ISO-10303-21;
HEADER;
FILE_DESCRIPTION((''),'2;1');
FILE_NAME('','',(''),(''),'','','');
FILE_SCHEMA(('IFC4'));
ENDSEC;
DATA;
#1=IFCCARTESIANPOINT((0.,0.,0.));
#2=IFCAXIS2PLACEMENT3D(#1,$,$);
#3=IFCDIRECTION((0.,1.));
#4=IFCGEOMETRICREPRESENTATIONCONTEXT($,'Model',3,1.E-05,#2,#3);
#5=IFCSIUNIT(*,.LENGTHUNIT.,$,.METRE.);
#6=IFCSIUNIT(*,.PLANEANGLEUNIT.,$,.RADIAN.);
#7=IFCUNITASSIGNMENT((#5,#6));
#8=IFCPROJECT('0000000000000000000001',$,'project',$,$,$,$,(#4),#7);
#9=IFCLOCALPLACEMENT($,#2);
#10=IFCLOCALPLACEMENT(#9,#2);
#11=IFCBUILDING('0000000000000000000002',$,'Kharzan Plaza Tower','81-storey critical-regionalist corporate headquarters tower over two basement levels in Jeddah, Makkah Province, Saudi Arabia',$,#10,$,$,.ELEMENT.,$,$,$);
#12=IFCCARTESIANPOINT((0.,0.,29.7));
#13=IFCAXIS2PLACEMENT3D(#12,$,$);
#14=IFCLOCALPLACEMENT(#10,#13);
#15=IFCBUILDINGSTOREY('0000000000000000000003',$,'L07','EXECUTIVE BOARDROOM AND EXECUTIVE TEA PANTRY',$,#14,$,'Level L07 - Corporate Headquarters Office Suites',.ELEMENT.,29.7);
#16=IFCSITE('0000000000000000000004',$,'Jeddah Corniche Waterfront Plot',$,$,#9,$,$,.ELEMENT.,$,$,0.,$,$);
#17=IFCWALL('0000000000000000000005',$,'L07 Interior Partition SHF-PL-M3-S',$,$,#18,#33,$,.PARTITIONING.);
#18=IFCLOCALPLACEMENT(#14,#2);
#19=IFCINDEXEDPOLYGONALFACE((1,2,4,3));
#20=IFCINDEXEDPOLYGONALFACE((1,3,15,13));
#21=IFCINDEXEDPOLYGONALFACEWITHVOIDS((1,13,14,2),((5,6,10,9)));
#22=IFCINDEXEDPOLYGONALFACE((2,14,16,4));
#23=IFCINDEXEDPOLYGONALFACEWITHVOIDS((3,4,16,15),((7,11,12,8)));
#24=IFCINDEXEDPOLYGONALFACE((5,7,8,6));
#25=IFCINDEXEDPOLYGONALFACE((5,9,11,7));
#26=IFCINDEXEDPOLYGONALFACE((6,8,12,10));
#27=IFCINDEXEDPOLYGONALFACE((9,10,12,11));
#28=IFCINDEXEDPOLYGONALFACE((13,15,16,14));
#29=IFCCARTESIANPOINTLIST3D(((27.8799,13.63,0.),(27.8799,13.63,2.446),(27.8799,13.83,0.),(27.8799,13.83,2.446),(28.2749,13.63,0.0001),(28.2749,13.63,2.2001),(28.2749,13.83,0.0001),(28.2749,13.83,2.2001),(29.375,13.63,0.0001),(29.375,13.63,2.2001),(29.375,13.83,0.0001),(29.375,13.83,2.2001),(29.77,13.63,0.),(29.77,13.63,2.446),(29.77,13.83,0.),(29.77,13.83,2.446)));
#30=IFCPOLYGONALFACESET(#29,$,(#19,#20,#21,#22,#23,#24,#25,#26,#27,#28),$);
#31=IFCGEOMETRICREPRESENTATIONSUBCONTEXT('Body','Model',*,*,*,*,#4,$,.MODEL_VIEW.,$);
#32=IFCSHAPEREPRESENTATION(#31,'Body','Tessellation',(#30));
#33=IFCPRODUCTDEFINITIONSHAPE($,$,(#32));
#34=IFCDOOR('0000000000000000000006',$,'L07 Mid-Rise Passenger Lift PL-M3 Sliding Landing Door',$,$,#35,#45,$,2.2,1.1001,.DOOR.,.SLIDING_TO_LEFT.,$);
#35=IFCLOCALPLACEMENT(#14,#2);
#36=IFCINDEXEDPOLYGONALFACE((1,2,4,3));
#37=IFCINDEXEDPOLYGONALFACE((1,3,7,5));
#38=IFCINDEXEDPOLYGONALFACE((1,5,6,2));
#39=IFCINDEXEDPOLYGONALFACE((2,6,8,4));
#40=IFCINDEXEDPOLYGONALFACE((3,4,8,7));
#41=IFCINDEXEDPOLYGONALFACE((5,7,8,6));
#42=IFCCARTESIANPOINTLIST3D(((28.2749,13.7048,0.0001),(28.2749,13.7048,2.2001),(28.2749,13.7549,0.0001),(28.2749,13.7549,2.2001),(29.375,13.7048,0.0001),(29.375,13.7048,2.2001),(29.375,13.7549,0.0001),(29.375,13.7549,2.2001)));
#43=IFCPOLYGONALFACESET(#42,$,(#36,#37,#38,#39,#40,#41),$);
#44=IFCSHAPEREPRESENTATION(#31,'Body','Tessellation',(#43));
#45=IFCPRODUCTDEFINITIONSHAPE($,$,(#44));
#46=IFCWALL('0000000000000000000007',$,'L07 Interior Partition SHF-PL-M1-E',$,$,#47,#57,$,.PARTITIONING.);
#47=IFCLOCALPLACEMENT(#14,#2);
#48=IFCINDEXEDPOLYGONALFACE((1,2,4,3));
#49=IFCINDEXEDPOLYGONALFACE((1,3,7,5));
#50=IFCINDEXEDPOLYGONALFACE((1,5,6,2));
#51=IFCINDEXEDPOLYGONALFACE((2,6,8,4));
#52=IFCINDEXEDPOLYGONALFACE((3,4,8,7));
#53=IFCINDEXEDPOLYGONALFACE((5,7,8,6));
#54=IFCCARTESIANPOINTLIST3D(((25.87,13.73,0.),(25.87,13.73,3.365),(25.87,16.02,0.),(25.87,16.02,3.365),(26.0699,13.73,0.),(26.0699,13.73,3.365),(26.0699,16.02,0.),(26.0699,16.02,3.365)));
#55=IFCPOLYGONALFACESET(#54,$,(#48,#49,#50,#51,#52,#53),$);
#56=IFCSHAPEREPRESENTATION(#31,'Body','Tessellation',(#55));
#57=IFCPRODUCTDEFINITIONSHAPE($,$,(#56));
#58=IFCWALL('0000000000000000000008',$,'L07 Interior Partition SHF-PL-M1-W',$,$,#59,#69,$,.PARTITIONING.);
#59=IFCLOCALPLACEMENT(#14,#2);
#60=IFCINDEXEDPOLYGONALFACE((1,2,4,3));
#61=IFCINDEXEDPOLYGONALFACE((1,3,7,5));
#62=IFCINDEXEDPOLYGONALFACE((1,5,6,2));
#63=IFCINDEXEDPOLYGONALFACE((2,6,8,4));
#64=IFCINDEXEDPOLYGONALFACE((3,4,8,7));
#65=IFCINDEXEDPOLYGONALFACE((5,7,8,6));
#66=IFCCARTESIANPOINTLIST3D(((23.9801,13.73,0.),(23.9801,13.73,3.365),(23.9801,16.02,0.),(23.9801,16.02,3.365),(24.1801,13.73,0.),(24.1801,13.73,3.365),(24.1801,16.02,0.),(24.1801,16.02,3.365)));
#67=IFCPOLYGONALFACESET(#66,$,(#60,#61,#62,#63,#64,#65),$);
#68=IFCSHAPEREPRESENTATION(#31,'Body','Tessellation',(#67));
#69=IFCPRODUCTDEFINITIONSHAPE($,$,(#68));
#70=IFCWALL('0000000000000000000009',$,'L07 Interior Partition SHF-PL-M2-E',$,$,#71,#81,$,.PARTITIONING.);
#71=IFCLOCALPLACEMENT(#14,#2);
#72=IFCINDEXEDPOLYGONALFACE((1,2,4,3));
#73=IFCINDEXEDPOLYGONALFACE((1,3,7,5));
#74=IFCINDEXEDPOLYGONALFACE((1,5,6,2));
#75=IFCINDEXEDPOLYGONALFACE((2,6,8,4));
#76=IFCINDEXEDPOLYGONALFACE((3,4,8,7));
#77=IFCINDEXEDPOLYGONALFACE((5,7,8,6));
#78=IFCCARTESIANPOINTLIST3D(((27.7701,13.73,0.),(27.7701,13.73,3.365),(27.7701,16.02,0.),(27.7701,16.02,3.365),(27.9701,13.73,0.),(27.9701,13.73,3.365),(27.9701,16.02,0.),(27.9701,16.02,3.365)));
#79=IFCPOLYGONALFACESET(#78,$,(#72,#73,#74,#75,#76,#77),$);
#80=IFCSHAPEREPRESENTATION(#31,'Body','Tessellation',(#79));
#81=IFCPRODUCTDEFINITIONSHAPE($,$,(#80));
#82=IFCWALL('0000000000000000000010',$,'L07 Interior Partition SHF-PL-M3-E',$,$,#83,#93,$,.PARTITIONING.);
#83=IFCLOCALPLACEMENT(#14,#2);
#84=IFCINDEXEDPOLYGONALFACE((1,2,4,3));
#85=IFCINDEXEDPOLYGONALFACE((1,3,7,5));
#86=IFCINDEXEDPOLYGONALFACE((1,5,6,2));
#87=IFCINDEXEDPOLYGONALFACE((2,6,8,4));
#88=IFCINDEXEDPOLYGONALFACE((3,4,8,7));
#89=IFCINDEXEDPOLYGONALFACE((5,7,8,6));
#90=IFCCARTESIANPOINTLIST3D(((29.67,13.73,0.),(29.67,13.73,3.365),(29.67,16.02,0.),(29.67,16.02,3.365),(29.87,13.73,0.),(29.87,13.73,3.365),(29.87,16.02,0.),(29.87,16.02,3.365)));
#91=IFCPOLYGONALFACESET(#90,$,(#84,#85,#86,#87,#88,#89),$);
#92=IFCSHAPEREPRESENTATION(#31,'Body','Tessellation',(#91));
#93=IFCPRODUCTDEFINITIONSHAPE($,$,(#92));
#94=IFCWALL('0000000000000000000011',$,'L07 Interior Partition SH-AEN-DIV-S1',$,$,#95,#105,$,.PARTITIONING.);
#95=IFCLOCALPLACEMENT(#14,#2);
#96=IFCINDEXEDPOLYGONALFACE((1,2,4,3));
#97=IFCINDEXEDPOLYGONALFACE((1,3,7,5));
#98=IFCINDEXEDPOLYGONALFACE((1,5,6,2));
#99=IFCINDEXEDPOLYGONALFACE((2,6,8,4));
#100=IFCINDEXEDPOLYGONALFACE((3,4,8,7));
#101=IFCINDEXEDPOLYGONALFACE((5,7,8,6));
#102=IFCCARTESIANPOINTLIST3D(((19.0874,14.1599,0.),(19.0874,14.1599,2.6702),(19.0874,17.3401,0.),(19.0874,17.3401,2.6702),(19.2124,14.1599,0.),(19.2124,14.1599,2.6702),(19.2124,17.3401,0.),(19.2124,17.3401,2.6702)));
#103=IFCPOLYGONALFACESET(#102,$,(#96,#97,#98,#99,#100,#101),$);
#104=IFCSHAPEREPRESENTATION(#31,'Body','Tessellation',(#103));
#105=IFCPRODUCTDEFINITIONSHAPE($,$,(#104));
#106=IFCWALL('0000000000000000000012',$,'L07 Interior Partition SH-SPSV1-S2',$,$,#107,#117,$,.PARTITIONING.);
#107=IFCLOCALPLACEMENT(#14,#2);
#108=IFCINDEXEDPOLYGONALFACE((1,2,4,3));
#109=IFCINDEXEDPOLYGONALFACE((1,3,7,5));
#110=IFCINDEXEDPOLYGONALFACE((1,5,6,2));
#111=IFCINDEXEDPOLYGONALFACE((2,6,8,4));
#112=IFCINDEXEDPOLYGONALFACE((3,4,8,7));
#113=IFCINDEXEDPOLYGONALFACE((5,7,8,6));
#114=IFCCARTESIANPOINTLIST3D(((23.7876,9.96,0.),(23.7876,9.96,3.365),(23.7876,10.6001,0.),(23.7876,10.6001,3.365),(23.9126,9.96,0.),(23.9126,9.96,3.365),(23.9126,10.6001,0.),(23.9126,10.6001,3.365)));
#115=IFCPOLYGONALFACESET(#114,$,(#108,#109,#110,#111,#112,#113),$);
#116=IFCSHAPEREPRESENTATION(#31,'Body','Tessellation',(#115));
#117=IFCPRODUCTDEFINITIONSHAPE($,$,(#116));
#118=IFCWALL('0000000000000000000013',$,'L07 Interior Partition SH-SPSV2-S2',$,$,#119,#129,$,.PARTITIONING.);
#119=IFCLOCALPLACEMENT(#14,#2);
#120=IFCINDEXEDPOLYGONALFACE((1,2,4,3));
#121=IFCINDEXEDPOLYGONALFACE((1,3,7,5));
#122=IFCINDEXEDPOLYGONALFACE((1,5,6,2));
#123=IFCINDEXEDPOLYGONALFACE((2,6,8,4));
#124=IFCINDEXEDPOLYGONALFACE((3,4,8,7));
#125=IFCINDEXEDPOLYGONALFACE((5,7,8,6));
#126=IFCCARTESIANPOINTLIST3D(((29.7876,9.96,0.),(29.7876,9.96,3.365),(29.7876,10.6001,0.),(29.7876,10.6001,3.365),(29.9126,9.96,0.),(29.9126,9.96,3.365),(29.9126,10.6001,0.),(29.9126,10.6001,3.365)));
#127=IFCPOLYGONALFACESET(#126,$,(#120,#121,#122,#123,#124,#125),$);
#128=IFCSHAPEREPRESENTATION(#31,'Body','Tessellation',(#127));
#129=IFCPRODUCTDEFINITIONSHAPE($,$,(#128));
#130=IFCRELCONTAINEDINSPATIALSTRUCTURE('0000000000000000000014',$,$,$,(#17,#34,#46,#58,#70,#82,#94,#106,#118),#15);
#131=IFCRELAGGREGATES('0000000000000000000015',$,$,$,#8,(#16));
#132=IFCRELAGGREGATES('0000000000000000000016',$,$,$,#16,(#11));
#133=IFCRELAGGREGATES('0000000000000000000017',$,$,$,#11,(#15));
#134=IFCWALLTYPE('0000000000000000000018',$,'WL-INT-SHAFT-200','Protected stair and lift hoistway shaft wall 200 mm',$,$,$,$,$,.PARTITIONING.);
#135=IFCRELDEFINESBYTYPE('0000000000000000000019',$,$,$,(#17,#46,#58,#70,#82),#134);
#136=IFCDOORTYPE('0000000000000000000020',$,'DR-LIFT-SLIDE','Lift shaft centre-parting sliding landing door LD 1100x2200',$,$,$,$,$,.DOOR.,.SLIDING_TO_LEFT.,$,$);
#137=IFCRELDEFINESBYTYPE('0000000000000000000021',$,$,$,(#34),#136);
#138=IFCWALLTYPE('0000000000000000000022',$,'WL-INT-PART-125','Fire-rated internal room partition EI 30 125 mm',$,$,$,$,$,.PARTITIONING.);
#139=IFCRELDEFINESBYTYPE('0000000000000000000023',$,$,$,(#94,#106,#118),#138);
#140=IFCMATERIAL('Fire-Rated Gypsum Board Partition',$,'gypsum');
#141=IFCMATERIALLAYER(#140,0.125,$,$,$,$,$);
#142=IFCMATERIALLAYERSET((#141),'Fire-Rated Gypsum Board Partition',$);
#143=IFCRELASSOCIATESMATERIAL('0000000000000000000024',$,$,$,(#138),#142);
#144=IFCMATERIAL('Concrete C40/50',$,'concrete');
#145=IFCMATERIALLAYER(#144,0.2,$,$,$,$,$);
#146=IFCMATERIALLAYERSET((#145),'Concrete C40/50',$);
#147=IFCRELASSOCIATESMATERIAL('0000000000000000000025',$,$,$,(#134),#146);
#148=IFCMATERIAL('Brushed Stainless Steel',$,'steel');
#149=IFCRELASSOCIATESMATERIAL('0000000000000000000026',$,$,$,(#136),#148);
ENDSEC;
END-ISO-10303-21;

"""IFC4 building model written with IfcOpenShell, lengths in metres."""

from ifc_helpers import new_model, si_unit, direction, frame, frame_2d, origin, place, context, subcontext, project, spatial, rectangle, extrude, source, transform, mapped, material, layer, layer_set, type_object, element, fill, save


model = new_model("IFC4")

# Units and contexts
model_context = context("Model", 3, precision=1e-05, world=origin(), true_north=direction((0.0, 1.0)))
body_context = subcontext(model_context, "Body", "Model", "MODEL_VIEW")
ifc_project = project(units=[si_unit("LENGTHUNIT", "METRE"), si_unit("PLANEANGLEUNIT", "RADIAN")], contexts=[model_context])

# Site, building, storey
site_placement = place(None, origin())
site = spatial("IfcSite", under=ifc_project, at=site_placement, Name="Jeddah Corniche Waterfront Plot", CompositionType="ELEMENT", RefElevation=0.0)
building_placement = place(site_placement, origin())
building = spatial("IfcBuilding", under=site, at=building_placement, Name="Kharzan Plaza Tower", Description="81-storey critical-regionalist corporate headquarters tower over two basement levels in Jeddah, Makkah Province, Saudi Arabia", CompositionType="ELEMENT")
storey_placement = place(building_placement, frame((0.0, 0.0, 29.7)))
storey = spatial("IfcBuildingStorey", under=building, at=storey_placement, Name="L07", Description="EXECUTIVE BOARDROOM AND EXECUTIVE TEA PANTRY", LongName="Level L07 - Corporate Headquarters Office Suites", CompositionType="ELEMENT", Elevation=29.7)

# Wall, opening, door
ifc_material_1 = material(Name="Fire-Rated Gypsum Board Partition", Category="gypsum")
ifc_layer_1 = layer(ifc_material_1, 0.125)
ifc_layer_set_1 = layer_set([ifc_layer_1], Name="Fire-Rated Gypsum Board Partition")
wall_type_1 = type_object("IfcWallType", Name="WL-INT-PART-125", Description="Fire-rated internal room partition EI 30 125 mm", PredefinedType="PARTITIONING", material=ifc_layer_set_1)
ifc_material_2 = material(Name="Concrete C40/50", Category="concrete")
ifc_layer_2 = layer(ifc_material_2, 0.2)
ifc_layer_set_2 = layer_set([ifc_layer_2], Name="Concrete C40/50")
wall_type_2 = type_object("IfcWallType", Name="WL-INT-SHAFT-200", Description="Protected stair and lift hoistway shaft wall 200 mm", PredefinedType="PARTITIONING", material=ifc_layer_set_2)
ifc_material_3 = material(Name="Brushed Stainless Steel", Category="steel")
door_type_1 = type_object("IfcDoorType", Name="DR-LIFT-SLIDE", Description="Lift shaft centre-parting sliding landing door LD 1100x2200", OperationType="SLIDING_TO_LEFT", PredefinedType="DOOR", material=ifc_material_3)
shared_shape_1 = source(origin(), body_context, "Body", "SweptSolid", [
    extrude(rectangle(XDim=1.1001, YDim=2.2, at=frame_2d((0.55, 1.1001))), frame((0.0, 0.0249, 0.0), z_axis=(0.0, -1.0, 0.0), x_axis=(1.0, 0.0, 0.0)), (0.0, 0.0, 1.0), 0.05),
])
wall_1_placement = place(storey_placement, frame((27.8799, 13.73, 0.0), z_axis=(0.0, 0.0, 1.0), x_axis=(1.0, 0.0, 0.0)))
wall_1 = element("IfcWall", 1, at=wall_1_placement, inside=storey, type_object=wall_type_2, Name="L07 Interior Partition SHF-PL-M3-S", PredefinedType="PARTITIONING", context=body_context, shape_type="SweptSolid", body=[
    extrude(rectangle(XDim=1.8901, YDim=0.2, at=frame_2d((0.9451, 0.0))), origin(), (0.0, 0.0, 1.0), 2.446),
])
opening_1_placement = place(wall_1_placement, frame((0.395, 0.0, 0.0)))
opening_1 = element("IfcOpeningElement", 2, at=opening_1_placement, cuts=wall_1, PredefinedType="OPENING", context=body_context, shape_type="SweptSolid", body=[
    extrude(rectangle(XDim=1.1001, YDim=2.2, at=frame_2d((0.55, 1.1001))), frame((0.0, 0.1099, 0.0), z_axis=(0.0, -1.0, 0.0), x_axis=(1.0, 0.0, 0.0)), (0.0, 0.0, 1.0), 0.22),
])
door_1_placement = place(opening_1_placement, origin())
door_1 = element("IfcDoor", 3, at=door_1_placement, inside=storey, type_object=door_type_1, Name="L07 Mid-Rise Passenger Lift PL-M3 Sliding Landing Door", OperationType="SLIDING_TO_LEFT", OverallHeight=2.2, OverallWidth=1.1001, PredefinedType="DOOR", context=body_context, shape_type="MappedRepresentation", body=[
    mapped(shared_shape_1, transform((0.0, 0.0, 0.0), x_axis=(1.0, 0.0, 0.0), y_axis=(0.0, 1.0, 0.0), z_axis=(0.0, 0.0, 1.0))),
])
fill(opening_1, door_1)

# Walls
shared_shape_2 = source(origin(), body_context, "Body", "SweptSolid", [
    extrude(rectangle(XDim=2.29, YDim=0.2, at=frame_2d((1.145, 0.0))), origin(), (0.0, 0.0, 1.0), 3.365),
])
for number, where, z_axis, x_axis, name in (
    (4, (25.97, 13.73, 0.0), (0.0, 0.0, 1.0), (0.0, 1.0, 0.0), "L07 Interior Partition SHF-PL-M1-E"),
    (5, (24.0801, 13.73, 0.0), (0.0, 0.0, 1.0), (0.0, 1.0, 0.0), "L07 Interior Partition SHF-PL-M1-W"),
    (6, (27.8701, 13.73, 0.0), (0.0, 0.0, 1.0), (0.0, 1.0, 0.0), "L07 Interior Partition SHF-PL-M2-E"),
    (7, (29.77, 13.73, 0.0), (0.0, 0.0, 1.0), (0.0, 1.0, 0.0), "L07 Interior Partition SHF-PL-M3-E"),
):
    element("IfcWall", number, at=place(storey_placement, frame(where, z_axis=z_axis, x_axis=x_axis)), inside=storey, type_object=wall_type_2, Name=name, PredefinedType="PARTITIONING", context=body_context, shape_type="MappedRepresentation", body=[
        mapped(shared_shape_2, transform((0.0, 0.0, 0.0), x_axis=(1.0, 0.0, 0.0), y_axis=(0.0, 1.0, 0.0), z_axis=(0.0, 0.0, 1.0))),
    ])
shared_shape_3 = source(origin(), body_context, "Body", "SweptSolid", [
    extrude(rectangle(XDim=3.1802, YDim=0.125, at=frame_2d((1.5901, 0.0))), origin(), (0.0, 0.0, 1.0), 2.6702),
])
wall_2_placement = place(storey_placement, frame((19.1499, 14.1599, 0.0), z_axis=(0.0, 0.0, 1.0), x_axis=(0.0, 1.0, 0.0)))
element("IfcWall", 8, at=wall_2_placement, inside=storey, type_object=wall_type_1, Name="L07 Interior Partition SH-AEN-DIV-S1", PredefinedType="PARTITIONING", context=body_context, shape_type="MappedRepresentation", body=[
    mapped(shared_shape_3, transform((0.0, 0.0, 0.0), x_axis=(1.0, 0.0, 0.0), y_axis=(0.0, 1.0, 0.0), z_axis=(0.0, 0.0, 1.0))),
])
shared_shape_4 = source(origin(), body_context, "Body", "SweptSolid", [
    extrude(rectangle(XDim=0.6401, YDim=0.125, at=frame_2d((0.3201, 0.0))), origin(), (0.0, 0.0, 1.0), 3.365),
])
for number, where, z_axis, x_axis, name in (
    (9, (23.8501, 9.96, 0.0), (0.0, 0.0, 1.0), (0.0, 1.0, 0.0), "L07 Interior Partition SH-SPSV1-S2"),
    (10, (29.8501, 9.96, 0.0), (0.0, 0.0, 1.0), (0.0, 1.0, 0.0), "L07 Interior Partition SH-SPSV2-S2"),
):
    element("IfcWall", number, at=place(storey_placement, frame(where, z_axis=z_axis, x_axis=x_axis)), inside=storey, type_object=wall_type_1, Name=name, PredefinedType="PARTITIONING", context=body_context, shape_type="MappedRepresentation", body=[
        mapped(shared_shape_4, transform((0.0, 0.0, 0.0), x_axis=(1.0, 0.0, 0.0), y_axis=(0.0, 1.0, 0.0), z_axis=(0.0, 0.0, 1.0))),
    ])

save(model, "model.ifc")
